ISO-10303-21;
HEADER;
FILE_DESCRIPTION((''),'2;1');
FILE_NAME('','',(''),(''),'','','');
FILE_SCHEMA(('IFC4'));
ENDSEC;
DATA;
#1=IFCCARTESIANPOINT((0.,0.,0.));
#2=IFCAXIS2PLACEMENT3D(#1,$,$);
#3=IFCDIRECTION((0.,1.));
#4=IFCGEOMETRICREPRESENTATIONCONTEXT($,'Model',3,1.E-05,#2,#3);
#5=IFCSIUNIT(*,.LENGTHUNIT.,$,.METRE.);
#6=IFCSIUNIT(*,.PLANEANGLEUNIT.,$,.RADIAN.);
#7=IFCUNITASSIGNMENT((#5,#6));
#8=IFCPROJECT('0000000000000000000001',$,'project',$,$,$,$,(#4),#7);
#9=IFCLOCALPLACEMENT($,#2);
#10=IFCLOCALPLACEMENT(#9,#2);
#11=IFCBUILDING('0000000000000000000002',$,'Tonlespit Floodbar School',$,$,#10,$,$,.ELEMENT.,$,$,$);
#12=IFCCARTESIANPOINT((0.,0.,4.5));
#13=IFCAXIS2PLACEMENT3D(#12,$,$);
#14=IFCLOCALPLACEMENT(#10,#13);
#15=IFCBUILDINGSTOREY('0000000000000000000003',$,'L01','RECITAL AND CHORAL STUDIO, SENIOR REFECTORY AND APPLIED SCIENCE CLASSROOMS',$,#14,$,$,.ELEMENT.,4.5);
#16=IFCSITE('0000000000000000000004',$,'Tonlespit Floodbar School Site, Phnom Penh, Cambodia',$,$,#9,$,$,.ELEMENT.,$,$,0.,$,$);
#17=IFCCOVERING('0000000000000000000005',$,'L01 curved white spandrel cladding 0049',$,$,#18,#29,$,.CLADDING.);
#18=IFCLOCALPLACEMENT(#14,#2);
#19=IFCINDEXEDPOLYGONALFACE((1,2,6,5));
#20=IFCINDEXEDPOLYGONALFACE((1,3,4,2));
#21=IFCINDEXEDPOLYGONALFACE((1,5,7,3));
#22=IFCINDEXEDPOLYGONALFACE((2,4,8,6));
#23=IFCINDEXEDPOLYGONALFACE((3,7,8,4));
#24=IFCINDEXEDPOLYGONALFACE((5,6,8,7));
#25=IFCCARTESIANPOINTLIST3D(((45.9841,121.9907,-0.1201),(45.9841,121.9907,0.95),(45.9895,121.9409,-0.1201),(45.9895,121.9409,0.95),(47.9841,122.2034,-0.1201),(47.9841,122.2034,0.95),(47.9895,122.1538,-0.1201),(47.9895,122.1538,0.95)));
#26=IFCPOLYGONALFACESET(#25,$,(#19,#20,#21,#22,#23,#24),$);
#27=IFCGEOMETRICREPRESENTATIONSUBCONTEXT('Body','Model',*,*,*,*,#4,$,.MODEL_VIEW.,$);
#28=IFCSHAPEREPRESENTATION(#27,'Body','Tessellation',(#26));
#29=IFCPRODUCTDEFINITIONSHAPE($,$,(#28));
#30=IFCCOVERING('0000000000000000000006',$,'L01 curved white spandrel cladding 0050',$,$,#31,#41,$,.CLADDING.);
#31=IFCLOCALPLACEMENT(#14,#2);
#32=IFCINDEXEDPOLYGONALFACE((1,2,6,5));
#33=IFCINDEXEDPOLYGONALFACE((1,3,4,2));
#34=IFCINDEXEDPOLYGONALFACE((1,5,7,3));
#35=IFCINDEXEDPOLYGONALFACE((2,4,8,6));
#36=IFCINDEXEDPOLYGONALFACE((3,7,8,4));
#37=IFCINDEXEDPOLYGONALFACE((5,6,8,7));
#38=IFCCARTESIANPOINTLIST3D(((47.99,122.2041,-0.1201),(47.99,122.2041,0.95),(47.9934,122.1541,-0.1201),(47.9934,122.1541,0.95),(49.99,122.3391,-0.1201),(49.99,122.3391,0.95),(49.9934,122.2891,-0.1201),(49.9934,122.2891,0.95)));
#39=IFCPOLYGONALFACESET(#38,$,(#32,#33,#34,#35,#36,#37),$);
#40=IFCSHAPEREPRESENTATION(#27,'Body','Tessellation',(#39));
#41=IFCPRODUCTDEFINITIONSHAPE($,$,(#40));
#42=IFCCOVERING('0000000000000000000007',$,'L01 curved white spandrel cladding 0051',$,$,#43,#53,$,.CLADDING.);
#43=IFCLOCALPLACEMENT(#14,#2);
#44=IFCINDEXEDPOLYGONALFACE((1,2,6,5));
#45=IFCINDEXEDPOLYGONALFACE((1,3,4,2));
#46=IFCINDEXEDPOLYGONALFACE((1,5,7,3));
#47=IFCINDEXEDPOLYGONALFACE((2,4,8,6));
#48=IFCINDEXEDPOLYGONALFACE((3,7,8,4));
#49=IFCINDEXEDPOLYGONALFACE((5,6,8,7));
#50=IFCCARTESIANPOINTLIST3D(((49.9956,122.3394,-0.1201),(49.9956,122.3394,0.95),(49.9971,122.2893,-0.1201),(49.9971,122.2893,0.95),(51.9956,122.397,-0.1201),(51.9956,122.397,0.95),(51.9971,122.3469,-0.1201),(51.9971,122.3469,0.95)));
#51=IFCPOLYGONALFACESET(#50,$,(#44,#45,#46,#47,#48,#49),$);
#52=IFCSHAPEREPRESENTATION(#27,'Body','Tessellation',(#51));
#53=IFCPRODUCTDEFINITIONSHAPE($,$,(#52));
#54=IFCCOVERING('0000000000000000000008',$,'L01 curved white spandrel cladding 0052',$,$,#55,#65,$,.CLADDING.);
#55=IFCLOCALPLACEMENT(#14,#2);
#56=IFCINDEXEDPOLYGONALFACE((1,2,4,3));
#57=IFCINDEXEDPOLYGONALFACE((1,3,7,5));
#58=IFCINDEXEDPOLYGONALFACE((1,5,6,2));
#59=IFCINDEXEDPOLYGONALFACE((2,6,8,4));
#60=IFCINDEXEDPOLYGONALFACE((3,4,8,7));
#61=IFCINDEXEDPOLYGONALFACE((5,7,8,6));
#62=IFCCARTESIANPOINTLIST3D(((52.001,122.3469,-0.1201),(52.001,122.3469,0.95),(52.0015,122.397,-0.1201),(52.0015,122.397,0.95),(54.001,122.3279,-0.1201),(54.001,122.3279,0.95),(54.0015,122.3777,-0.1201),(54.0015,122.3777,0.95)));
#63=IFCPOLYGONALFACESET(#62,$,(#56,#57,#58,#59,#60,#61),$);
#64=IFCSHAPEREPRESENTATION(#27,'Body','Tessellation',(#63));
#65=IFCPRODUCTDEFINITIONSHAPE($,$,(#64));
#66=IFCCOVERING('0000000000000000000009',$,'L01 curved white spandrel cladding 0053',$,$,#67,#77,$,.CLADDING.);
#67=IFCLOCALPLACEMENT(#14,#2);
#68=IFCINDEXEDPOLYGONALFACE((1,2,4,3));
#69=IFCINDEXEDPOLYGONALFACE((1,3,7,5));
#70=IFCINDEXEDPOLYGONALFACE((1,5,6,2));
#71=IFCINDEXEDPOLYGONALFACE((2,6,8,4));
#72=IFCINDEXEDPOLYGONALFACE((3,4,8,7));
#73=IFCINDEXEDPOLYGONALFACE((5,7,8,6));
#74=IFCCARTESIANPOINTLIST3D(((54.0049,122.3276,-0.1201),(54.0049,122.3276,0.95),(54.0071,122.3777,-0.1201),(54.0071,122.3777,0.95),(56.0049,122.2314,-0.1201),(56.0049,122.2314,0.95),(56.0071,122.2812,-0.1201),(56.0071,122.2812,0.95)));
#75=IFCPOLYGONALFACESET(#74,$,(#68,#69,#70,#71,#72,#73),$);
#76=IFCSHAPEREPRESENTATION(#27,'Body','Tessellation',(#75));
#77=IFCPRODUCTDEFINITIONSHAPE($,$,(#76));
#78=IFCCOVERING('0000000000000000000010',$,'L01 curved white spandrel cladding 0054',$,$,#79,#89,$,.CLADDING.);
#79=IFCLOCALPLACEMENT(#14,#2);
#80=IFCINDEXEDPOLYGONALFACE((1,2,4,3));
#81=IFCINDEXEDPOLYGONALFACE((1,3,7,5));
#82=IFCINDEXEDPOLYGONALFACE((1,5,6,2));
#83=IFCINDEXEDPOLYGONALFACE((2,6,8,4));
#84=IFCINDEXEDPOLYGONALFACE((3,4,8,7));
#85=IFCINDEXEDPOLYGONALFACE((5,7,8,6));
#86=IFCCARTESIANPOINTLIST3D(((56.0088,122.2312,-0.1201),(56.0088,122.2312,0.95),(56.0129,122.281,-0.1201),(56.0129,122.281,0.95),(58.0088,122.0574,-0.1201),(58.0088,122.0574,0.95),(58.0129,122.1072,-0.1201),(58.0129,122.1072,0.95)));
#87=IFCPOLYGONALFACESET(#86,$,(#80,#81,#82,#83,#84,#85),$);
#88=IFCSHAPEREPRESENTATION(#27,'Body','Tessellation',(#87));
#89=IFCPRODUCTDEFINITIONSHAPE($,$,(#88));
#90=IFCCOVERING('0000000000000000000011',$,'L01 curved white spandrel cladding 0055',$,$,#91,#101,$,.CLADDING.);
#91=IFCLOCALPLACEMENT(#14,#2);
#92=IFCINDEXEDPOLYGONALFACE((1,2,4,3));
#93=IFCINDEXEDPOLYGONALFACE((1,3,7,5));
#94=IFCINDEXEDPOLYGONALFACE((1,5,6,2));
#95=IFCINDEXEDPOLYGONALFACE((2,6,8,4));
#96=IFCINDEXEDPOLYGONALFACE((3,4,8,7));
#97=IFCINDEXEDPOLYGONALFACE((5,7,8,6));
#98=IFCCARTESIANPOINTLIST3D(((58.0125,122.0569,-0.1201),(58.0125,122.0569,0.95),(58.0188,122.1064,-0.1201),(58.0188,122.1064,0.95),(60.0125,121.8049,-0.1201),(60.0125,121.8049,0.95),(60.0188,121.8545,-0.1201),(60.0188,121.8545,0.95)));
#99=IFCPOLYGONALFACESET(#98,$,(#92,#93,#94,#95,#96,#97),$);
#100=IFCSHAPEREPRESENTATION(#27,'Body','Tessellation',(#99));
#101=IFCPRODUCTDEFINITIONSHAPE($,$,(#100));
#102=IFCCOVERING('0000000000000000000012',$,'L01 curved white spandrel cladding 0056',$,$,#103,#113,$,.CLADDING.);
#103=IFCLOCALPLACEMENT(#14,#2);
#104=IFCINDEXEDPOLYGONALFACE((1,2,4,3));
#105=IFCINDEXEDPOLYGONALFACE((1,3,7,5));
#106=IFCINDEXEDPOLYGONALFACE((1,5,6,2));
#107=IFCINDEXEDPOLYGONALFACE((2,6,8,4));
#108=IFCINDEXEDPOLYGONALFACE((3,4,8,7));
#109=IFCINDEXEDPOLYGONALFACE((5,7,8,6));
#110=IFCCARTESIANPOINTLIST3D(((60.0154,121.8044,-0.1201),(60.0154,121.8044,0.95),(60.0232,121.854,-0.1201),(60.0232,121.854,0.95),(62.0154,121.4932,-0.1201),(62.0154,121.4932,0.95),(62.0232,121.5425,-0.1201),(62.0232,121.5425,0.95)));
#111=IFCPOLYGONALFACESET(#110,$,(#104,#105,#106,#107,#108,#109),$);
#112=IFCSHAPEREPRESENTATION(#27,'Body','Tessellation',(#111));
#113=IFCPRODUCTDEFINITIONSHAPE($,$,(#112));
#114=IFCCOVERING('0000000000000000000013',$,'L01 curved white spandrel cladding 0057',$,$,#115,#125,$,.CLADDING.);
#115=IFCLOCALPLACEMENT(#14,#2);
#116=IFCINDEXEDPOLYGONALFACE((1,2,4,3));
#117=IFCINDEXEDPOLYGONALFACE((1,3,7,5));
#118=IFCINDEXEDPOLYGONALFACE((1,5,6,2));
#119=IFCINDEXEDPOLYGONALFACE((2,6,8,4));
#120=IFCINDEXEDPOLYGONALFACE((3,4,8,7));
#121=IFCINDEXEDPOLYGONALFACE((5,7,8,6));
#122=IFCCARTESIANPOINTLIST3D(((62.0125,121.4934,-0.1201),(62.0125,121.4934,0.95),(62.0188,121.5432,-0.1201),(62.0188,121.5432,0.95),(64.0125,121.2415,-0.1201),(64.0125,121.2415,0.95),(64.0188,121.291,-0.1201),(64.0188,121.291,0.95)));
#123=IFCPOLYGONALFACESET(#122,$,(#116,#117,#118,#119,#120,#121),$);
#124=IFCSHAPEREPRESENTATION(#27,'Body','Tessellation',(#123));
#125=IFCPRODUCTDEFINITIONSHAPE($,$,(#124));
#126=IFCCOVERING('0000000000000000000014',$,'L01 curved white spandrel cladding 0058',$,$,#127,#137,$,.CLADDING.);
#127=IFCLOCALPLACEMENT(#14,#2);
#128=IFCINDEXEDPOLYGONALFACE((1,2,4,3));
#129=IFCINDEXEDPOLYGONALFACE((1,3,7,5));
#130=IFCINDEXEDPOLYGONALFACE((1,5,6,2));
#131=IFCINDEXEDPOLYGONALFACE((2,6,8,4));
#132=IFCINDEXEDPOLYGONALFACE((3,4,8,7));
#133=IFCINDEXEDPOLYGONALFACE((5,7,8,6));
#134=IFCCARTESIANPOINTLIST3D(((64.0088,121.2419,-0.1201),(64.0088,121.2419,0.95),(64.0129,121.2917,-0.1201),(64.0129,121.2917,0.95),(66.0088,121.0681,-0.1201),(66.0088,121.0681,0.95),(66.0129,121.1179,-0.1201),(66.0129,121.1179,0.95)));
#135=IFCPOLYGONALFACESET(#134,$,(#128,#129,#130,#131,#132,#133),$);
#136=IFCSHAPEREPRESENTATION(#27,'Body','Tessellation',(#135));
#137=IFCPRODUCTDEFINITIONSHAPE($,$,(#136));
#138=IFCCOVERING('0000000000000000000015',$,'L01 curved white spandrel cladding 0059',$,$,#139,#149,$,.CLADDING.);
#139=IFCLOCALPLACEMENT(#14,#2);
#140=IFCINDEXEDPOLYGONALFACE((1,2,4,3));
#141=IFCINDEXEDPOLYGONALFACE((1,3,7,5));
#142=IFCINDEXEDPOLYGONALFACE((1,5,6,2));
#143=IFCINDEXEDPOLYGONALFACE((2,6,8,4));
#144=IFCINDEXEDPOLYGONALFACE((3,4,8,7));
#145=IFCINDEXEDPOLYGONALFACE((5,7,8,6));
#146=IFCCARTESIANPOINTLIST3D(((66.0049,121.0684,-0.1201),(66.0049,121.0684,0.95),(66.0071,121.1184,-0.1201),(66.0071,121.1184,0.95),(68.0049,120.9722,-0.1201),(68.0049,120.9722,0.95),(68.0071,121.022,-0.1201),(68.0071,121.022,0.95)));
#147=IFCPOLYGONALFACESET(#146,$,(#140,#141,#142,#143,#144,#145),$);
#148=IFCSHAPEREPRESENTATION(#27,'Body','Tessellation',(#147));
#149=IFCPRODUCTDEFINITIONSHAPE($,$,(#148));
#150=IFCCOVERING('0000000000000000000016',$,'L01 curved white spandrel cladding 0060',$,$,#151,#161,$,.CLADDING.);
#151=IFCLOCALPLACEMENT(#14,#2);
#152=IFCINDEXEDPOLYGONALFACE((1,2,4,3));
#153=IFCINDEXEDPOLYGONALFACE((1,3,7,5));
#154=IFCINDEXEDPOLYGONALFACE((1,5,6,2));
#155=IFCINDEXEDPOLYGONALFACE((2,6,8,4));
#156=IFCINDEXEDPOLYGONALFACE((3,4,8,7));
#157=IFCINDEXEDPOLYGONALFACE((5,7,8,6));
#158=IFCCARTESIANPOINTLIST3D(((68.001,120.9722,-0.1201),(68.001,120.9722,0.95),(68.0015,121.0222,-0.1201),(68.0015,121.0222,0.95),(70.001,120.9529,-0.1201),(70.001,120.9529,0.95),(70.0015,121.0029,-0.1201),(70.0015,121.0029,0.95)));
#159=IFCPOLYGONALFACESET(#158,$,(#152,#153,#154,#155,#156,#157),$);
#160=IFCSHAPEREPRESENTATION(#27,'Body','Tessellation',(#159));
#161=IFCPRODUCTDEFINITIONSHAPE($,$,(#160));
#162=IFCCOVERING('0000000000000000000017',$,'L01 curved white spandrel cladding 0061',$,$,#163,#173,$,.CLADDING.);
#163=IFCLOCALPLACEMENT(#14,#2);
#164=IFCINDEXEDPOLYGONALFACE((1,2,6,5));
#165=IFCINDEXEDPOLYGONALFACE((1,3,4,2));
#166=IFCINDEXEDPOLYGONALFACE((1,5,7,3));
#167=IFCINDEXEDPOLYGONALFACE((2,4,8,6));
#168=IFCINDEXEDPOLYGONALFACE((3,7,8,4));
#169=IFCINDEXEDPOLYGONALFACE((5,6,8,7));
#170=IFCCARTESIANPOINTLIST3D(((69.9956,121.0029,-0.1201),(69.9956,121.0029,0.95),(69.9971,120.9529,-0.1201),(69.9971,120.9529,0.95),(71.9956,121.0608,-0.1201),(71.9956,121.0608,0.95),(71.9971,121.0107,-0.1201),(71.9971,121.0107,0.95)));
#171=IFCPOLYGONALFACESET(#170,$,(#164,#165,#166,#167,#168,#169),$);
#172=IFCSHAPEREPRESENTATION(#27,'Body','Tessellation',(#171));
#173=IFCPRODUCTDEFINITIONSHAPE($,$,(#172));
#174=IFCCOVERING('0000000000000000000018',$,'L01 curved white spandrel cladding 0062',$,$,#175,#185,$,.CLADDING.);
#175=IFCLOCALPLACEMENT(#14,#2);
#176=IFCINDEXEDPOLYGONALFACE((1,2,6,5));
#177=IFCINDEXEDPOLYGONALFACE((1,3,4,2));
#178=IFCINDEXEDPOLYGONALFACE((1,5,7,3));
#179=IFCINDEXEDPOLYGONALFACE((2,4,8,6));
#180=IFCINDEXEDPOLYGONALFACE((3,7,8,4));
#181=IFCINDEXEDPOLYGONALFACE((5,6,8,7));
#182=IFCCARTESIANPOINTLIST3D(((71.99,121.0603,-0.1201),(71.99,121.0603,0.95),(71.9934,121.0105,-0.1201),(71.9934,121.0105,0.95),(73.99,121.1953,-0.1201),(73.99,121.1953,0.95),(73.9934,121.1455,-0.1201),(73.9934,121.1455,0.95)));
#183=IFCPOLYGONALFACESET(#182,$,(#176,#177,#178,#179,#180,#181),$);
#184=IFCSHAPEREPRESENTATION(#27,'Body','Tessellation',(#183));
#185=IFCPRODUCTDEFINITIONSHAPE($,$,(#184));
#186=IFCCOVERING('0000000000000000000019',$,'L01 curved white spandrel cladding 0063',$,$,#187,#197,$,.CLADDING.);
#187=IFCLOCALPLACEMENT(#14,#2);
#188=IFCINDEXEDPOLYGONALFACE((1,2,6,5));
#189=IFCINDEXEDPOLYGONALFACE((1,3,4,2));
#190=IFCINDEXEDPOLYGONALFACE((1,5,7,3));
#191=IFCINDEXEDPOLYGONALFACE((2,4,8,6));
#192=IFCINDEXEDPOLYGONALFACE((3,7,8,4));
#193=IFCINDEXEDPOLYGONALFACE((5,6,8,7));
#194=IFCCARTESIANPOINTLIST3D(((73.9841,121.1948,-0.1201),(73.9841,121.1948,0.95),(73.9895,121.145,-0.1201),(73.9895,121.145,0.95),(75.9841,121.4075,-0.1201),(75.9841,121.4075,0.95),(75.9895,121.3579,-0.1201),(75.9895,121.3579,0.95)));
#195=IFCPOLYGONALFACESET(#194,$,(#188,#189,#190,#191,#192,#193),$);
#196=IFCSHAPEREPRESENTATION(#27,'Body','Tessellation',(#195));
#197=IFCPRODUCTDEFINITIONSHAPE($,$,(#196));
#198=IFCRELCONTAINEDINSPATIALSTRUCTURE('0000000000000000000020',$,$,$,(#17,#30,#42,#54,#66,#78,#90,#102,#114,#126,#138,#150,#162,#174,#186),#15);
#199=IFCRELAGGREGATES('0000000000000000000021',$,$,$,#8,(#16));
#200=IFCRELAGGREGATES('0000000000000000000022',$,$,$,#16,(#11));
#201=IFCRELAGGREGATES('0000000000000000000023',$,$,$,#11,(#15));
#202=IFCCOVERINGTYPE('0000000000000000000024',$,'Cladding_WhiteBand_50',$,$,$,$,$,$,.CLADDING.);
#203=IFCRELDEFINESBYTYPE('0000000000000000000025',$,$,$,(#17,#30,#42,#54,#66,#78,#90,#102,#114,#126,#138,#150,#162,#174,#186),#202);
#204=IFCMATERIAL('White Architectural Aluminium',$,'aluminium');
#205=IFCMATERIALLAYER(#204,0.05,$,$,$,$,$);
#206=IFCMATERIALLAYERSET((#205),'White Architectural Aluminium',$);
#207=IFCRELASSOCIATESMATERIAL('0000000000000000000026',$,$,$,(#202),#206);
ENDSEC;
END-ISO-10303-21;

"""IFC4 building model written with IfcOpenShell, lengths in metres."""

from ifc_helpers import new_model, si_unit, direction, frame, origin, place, context, subcontext, project, spatial, polyline, outline, extrude, material, layer, layer_set, type_object, element, save


model = new_model("IFC4")

# Units and contexts
model_context = context("Model", 3, precision=1e-05, world=origin(), true_north=direction((0.0, 1.0)))
body_context = subcontext(model_context, "Body", "Model", "MODEL_VIEW")
ifc_project = project(units=[si_unit("LENGTHUNIT", "METRE"), si_unit("PLANEANGLEUNIT", "RADIAN")], contexts=[model_context])

# Site, building, storey
site_placement = place(None, origin())
site = spatial("IfcSite", under=ifc_project, at=site_placement, Name="Tonlespit Floodbar School Site, Phnom Penh, Cambodia", CompositionType="ELEMENT", RefElevation=0.0)
building_placement = place(site_placement, origin())
building = spatial("IfcBuilding", under=site, at=building_placement, Name="Tonlespit Floodbar School", CompositionType="ELEMENT")
storey_placement = place(building_placement, frame((0.0, 0.0, 4.5)))
storey = spatial("IfcBuildingStorey", under=building, at=storey_placement, Name="L01", Description="RECITAL AND CHORAL STUDIO, SENIOR REFECTORY AND APPLIED SCIENCE CLASSROOMS", CompositionType="ELEMENT", Elevation=4.5)

# Coverings
ifc_material = material(Name="White Architectural Aluminium", Category="aluminium")
ifc_layer = layer(ifc_material, 0.05)
ifc_layer_set = layer_set([ifc_layer], Name="White Architectural Aluminium")
covering_type = type_object("IfcCoveringType", Name="Cladding_WhiteBand_50", PredefinedType="CLADDING", material=ifc_layer_set)
covering_1_placement = place(storey_placement, frame((0.0, 0.0, -0.1201)))
element("IfcCovering", 1, at=covering_1_placement, inside=storey, type_object=covering_type, Name="L01 curved white spandrel cladding 0049", PredefinedType="CLADDING", context=body_context, shape_type="SweptSolid", body=[
    extrude(outline(polyline([(45.9895, 121.9409), (47.9895, 122.1538), (47.9841, 122.2034), (45.9841, 121.9907), (45.9895, 121.9409)])), origin(), (0.0, 0.0, 1.0), 1.0701),
])
covering_2_placement = place(storey_placement, frame((0.0, 0.0, -0.1201)))
element("IfcCovering", 2, at=covering_2_placement, inside=storey, type_object=covering_type, Name="L01 curved white spandrel cladding 0050", PredefinedType="CLADDING", context=body_context, shape_type="SweptSolid", body=[
    extrude(outline(polyline([(47.9934, 122.1541), (49.9934, 122.2891), (49.99, 122.3391), (47.99, 122.2041), (47.9934, 122.1541)])), origin(), (0.0, 0.0, 1.0), 1.0701),
])
covering_3_placement = place(storey_placement, frame((0.0, 0.0, -0.1201)))
element("IfcCovering", 3, at=covering_3_placement, inside=storey, type_object=covering_type, Name="L01 curved white spandrel cladding 0051", PredefinedType="CLADDING", context=body_context, shape_type="SweptSolid", body=[
    extrude(outline(polyline([(49.9971, 122.2893), (51.9971, 122.3469), (51.9956, 122.397), (49.9956, 122.3394), (49.9971, 122.2893)])), origin(), (0.0, 0.0, 1.0), 1.0701),
])
covering_4_placement = place(storey_placement, frame((0.0, 0.0, -0.1201)))
element("IfcCovering", 4, at=covering_4_placement, inside=storey, type_object=covering_type, Name="L01 curved white spandrel cladding 0052", PredefinedType="CLADDING", context=body_context, shape_type="SweptSolid", body=[
    extrude(outline(polyline([(52.001, 122.3469), (54.001, 122.3279), (54.0015, 122.3777), (52.0015, 122.397), (52.001, 122.3469)])), origin(), (0.0, 0.0, 1.0), 1.0701),
])
covering_5_placement = place(storey_placement, frame((0.0, 0.0, -0.1201)))
element("IfcCovering", 5, at=covering_5_placement, inside=storey, type_object=covering_type, Name="L01 curved white spandrel cladding 0053", PredefinedType="CLADDING", context=body_context, shape_type="SweptSolid", body=[
    extrude(outline(polyline([(54.0049, 122.3276), (56.0049, 122.2314), (56.0071, 122.2812), (54.0071, 122.3777), (54.0049, 122.3276)])), origin(), (0.0, 0.0, 1.0), 1.0701),
])
covering_6_placement = place(storey_placement, frame((0.0, 0.0, -0.1201)))
element("IfcCovering", 6, at=covering_6_placement, inside=storey, type_object=covering_type, Name="L01 curved white spandrel cladding 0054", PredefinedType="CLADDING", context=body_context, shape_type="SweptSolid", body=[
    extrude(outline(polyline([(56.0088, 122.2312), (58.0088, 122.0574), (58.0129, 122.1072), (56.0129, 122.281), (56.0088, 122.2312)])), origin(), (0.0, 0.0, 1.0), 1.0701),
])
covering_7_placement = place(storey_placement, frame((0.0, 0.0, -0.1201)))
element("IfcCovering", 7, at=covering_7_placement, inside=storey, type_object=covering_type, Name="L01 curved white spandrel cladding 0055", PredefinedType="CLADDING", context=body_context, shape_type="SweptSolid", body=[
    extrude(outline(polyline([(58.0125, 122.0569), (60.0125, 121.8049), (60.0188, 121.8545), (58.0188, 122.1064), (58.0125, 122.0569)])), origin(), (0.0, 0.0, 1.0), 1.0701),
])
covering_8_placement = place(storey_placement, frame((0.0, 0.0, -0.1201)))
element("IfcCovering", 8, at=covering_8_placement, inside=storey, type_object=covering_type, Name="L01 curved white spandrel cladding 0056", PredefinedType="CLADDING", context=body_context, shape_type="SweptSolid", body=[
    extrude(outline(polyline([(60.0154, 121.8044), (62.0154, 121.4932), (62.0232, 121.5425), (60.0232, 121.854), (60.0154, 121.8044)])), origin(), (0.0, 0.0, 1.0), 1.0701),
])
covering_9_placement = place(storey_placement, frame((0.0, 0.0, -0.1201)))
element("IfcCovering", 9, at=covering_9_placement, inside=storey, type_object=covering_type, Name="L01 curved white spandrel cladding 0057", PredefinedType="CLADDING", context=body_context, shape_type="SweptSolid", body=[
    extrude(outline(polyline([(62.0125, 121.4934), (64.0125, 121.2415), (64.0188, 121.291), (62.0188, 121.5432), (62.0125, 121.4934)])), origin(), (0.0, 0.0, 1.0), 1.0701),
])
covering_10_placement = place(storey_placement, frame((0.0, 0.0, -0.1201)))
element("IfcCovering", 10, at=covering_10_placement, inside=storey, type_object=covering_type, Name="L01 curved white spandrel cladding 0058", PredefinedType="CLADDING", context=body_context, shape_type="SweptSolid", body=[
    extrude(outline(polyline([(64.0088, 121.2419), (66.0088, 121.0681), (66.0129, 121.1179), (64.0129, 121.2917), (64.0088, 121.2419)])), origin(), (0.0, 0.0, 1.0), 1.0701),
])
covering_11_placement = place(storey_placement, frame((0.0, 0.0, -0.1201)))
element("IfcCovering", 11, at=covering_11_placement, inside=storey, type_object=covering_type, Name="L01 curved white spandrel cladding 0059", PredefinedType="CLADDING", context=body_context, shape_type="SweptSolid", body=[
    extrude(outline(polyline([(66.0049, 121.0684), (68.0049, 120.9722), (68.0071, 121.022), (66.0071, 121.1184), (66.0049, 121.0684)])), origin(), (0.0, 0.0, 1.0), 1.0701),
])
covering_12_placement = place(storey_placement, frame((0.0, 0.0, -0.1201)))
element("IfcCovering", 12, at=covering_12_placement, inside=storey, type_object=covering_type, Name="L01 curved white spandrel cladding 0060", PredefinedType="CLADDING", context=body_context, shape_type="SweptSolid", body=[
    extrude(outline(polyline([(68.001, 120.9722), (70.001, 120.9529), (70.0015, 121.0029), (68.0015, 121.0222), (68.001, 120.9722)])), origin(), (0.0, 0.0, 1.0), 1.0701),
])
covering_13_placement = place(storey_placement, frame((0.0, 0.0, -0.1201)))
element("IfcCovering", 13, at=covering_13_placement, inside=storey, type_object=covering_type, Name="L01 curved white spandrel cladding 0061", PredefinedType="CLADDING", context=body_context, shape_type="SweptSolid", body=[
    extrude(outline(polyline([(69.9971, 120.9529), (71.9971, 121.0107), (71.9956, 121.0608), (69.9956, 121.0029), (69.9971, 120.9529)])), origin(), (0.0, 0.0, 1.0), 1.0701),
])
covering_14_placement = place(storey_placement, frame((0.0, 0.0, -0.1201)))
element("IfcCovering", 14, at=covering_14_placement, inside=storey, type_object=covering_type, Name="L01 curved white spandrel cladding 0062", PredefinedType="CLADDING", context=body_context, shape_type="SweptSolid", body=[
    extrude(outline(polyline([(71.9934, 121.0105), (73.9934, 121.1455), (73.99, 121.1953), (71.99, 121.0603), (71.9934, 121.0105)])), origin(), (0.0, 0.0, 1.0), 1.0701),
])
covering_15_placement = place(storey_placement, frame((0.0, 0.0, -0.1201)))
element("IfcCovering", 15, at=covering_15_placement, inside=storey, type_object=covering_type, Name="L01 curved white spandrel cladding 0063", PredefinedType="CLADDING", context=body_context, shape_type="SweptSolid", body=[
    extrude(outline(polyline([(73.9895, 121.145), (75.9895, 121.3579), (75.9841, 121.4075), (73.9841, 121.1948), (73.9895, 121.145)])), origin(), (0.0, 0.0, 1.0), 1.0701),
])

save(model, "model.ifc")
